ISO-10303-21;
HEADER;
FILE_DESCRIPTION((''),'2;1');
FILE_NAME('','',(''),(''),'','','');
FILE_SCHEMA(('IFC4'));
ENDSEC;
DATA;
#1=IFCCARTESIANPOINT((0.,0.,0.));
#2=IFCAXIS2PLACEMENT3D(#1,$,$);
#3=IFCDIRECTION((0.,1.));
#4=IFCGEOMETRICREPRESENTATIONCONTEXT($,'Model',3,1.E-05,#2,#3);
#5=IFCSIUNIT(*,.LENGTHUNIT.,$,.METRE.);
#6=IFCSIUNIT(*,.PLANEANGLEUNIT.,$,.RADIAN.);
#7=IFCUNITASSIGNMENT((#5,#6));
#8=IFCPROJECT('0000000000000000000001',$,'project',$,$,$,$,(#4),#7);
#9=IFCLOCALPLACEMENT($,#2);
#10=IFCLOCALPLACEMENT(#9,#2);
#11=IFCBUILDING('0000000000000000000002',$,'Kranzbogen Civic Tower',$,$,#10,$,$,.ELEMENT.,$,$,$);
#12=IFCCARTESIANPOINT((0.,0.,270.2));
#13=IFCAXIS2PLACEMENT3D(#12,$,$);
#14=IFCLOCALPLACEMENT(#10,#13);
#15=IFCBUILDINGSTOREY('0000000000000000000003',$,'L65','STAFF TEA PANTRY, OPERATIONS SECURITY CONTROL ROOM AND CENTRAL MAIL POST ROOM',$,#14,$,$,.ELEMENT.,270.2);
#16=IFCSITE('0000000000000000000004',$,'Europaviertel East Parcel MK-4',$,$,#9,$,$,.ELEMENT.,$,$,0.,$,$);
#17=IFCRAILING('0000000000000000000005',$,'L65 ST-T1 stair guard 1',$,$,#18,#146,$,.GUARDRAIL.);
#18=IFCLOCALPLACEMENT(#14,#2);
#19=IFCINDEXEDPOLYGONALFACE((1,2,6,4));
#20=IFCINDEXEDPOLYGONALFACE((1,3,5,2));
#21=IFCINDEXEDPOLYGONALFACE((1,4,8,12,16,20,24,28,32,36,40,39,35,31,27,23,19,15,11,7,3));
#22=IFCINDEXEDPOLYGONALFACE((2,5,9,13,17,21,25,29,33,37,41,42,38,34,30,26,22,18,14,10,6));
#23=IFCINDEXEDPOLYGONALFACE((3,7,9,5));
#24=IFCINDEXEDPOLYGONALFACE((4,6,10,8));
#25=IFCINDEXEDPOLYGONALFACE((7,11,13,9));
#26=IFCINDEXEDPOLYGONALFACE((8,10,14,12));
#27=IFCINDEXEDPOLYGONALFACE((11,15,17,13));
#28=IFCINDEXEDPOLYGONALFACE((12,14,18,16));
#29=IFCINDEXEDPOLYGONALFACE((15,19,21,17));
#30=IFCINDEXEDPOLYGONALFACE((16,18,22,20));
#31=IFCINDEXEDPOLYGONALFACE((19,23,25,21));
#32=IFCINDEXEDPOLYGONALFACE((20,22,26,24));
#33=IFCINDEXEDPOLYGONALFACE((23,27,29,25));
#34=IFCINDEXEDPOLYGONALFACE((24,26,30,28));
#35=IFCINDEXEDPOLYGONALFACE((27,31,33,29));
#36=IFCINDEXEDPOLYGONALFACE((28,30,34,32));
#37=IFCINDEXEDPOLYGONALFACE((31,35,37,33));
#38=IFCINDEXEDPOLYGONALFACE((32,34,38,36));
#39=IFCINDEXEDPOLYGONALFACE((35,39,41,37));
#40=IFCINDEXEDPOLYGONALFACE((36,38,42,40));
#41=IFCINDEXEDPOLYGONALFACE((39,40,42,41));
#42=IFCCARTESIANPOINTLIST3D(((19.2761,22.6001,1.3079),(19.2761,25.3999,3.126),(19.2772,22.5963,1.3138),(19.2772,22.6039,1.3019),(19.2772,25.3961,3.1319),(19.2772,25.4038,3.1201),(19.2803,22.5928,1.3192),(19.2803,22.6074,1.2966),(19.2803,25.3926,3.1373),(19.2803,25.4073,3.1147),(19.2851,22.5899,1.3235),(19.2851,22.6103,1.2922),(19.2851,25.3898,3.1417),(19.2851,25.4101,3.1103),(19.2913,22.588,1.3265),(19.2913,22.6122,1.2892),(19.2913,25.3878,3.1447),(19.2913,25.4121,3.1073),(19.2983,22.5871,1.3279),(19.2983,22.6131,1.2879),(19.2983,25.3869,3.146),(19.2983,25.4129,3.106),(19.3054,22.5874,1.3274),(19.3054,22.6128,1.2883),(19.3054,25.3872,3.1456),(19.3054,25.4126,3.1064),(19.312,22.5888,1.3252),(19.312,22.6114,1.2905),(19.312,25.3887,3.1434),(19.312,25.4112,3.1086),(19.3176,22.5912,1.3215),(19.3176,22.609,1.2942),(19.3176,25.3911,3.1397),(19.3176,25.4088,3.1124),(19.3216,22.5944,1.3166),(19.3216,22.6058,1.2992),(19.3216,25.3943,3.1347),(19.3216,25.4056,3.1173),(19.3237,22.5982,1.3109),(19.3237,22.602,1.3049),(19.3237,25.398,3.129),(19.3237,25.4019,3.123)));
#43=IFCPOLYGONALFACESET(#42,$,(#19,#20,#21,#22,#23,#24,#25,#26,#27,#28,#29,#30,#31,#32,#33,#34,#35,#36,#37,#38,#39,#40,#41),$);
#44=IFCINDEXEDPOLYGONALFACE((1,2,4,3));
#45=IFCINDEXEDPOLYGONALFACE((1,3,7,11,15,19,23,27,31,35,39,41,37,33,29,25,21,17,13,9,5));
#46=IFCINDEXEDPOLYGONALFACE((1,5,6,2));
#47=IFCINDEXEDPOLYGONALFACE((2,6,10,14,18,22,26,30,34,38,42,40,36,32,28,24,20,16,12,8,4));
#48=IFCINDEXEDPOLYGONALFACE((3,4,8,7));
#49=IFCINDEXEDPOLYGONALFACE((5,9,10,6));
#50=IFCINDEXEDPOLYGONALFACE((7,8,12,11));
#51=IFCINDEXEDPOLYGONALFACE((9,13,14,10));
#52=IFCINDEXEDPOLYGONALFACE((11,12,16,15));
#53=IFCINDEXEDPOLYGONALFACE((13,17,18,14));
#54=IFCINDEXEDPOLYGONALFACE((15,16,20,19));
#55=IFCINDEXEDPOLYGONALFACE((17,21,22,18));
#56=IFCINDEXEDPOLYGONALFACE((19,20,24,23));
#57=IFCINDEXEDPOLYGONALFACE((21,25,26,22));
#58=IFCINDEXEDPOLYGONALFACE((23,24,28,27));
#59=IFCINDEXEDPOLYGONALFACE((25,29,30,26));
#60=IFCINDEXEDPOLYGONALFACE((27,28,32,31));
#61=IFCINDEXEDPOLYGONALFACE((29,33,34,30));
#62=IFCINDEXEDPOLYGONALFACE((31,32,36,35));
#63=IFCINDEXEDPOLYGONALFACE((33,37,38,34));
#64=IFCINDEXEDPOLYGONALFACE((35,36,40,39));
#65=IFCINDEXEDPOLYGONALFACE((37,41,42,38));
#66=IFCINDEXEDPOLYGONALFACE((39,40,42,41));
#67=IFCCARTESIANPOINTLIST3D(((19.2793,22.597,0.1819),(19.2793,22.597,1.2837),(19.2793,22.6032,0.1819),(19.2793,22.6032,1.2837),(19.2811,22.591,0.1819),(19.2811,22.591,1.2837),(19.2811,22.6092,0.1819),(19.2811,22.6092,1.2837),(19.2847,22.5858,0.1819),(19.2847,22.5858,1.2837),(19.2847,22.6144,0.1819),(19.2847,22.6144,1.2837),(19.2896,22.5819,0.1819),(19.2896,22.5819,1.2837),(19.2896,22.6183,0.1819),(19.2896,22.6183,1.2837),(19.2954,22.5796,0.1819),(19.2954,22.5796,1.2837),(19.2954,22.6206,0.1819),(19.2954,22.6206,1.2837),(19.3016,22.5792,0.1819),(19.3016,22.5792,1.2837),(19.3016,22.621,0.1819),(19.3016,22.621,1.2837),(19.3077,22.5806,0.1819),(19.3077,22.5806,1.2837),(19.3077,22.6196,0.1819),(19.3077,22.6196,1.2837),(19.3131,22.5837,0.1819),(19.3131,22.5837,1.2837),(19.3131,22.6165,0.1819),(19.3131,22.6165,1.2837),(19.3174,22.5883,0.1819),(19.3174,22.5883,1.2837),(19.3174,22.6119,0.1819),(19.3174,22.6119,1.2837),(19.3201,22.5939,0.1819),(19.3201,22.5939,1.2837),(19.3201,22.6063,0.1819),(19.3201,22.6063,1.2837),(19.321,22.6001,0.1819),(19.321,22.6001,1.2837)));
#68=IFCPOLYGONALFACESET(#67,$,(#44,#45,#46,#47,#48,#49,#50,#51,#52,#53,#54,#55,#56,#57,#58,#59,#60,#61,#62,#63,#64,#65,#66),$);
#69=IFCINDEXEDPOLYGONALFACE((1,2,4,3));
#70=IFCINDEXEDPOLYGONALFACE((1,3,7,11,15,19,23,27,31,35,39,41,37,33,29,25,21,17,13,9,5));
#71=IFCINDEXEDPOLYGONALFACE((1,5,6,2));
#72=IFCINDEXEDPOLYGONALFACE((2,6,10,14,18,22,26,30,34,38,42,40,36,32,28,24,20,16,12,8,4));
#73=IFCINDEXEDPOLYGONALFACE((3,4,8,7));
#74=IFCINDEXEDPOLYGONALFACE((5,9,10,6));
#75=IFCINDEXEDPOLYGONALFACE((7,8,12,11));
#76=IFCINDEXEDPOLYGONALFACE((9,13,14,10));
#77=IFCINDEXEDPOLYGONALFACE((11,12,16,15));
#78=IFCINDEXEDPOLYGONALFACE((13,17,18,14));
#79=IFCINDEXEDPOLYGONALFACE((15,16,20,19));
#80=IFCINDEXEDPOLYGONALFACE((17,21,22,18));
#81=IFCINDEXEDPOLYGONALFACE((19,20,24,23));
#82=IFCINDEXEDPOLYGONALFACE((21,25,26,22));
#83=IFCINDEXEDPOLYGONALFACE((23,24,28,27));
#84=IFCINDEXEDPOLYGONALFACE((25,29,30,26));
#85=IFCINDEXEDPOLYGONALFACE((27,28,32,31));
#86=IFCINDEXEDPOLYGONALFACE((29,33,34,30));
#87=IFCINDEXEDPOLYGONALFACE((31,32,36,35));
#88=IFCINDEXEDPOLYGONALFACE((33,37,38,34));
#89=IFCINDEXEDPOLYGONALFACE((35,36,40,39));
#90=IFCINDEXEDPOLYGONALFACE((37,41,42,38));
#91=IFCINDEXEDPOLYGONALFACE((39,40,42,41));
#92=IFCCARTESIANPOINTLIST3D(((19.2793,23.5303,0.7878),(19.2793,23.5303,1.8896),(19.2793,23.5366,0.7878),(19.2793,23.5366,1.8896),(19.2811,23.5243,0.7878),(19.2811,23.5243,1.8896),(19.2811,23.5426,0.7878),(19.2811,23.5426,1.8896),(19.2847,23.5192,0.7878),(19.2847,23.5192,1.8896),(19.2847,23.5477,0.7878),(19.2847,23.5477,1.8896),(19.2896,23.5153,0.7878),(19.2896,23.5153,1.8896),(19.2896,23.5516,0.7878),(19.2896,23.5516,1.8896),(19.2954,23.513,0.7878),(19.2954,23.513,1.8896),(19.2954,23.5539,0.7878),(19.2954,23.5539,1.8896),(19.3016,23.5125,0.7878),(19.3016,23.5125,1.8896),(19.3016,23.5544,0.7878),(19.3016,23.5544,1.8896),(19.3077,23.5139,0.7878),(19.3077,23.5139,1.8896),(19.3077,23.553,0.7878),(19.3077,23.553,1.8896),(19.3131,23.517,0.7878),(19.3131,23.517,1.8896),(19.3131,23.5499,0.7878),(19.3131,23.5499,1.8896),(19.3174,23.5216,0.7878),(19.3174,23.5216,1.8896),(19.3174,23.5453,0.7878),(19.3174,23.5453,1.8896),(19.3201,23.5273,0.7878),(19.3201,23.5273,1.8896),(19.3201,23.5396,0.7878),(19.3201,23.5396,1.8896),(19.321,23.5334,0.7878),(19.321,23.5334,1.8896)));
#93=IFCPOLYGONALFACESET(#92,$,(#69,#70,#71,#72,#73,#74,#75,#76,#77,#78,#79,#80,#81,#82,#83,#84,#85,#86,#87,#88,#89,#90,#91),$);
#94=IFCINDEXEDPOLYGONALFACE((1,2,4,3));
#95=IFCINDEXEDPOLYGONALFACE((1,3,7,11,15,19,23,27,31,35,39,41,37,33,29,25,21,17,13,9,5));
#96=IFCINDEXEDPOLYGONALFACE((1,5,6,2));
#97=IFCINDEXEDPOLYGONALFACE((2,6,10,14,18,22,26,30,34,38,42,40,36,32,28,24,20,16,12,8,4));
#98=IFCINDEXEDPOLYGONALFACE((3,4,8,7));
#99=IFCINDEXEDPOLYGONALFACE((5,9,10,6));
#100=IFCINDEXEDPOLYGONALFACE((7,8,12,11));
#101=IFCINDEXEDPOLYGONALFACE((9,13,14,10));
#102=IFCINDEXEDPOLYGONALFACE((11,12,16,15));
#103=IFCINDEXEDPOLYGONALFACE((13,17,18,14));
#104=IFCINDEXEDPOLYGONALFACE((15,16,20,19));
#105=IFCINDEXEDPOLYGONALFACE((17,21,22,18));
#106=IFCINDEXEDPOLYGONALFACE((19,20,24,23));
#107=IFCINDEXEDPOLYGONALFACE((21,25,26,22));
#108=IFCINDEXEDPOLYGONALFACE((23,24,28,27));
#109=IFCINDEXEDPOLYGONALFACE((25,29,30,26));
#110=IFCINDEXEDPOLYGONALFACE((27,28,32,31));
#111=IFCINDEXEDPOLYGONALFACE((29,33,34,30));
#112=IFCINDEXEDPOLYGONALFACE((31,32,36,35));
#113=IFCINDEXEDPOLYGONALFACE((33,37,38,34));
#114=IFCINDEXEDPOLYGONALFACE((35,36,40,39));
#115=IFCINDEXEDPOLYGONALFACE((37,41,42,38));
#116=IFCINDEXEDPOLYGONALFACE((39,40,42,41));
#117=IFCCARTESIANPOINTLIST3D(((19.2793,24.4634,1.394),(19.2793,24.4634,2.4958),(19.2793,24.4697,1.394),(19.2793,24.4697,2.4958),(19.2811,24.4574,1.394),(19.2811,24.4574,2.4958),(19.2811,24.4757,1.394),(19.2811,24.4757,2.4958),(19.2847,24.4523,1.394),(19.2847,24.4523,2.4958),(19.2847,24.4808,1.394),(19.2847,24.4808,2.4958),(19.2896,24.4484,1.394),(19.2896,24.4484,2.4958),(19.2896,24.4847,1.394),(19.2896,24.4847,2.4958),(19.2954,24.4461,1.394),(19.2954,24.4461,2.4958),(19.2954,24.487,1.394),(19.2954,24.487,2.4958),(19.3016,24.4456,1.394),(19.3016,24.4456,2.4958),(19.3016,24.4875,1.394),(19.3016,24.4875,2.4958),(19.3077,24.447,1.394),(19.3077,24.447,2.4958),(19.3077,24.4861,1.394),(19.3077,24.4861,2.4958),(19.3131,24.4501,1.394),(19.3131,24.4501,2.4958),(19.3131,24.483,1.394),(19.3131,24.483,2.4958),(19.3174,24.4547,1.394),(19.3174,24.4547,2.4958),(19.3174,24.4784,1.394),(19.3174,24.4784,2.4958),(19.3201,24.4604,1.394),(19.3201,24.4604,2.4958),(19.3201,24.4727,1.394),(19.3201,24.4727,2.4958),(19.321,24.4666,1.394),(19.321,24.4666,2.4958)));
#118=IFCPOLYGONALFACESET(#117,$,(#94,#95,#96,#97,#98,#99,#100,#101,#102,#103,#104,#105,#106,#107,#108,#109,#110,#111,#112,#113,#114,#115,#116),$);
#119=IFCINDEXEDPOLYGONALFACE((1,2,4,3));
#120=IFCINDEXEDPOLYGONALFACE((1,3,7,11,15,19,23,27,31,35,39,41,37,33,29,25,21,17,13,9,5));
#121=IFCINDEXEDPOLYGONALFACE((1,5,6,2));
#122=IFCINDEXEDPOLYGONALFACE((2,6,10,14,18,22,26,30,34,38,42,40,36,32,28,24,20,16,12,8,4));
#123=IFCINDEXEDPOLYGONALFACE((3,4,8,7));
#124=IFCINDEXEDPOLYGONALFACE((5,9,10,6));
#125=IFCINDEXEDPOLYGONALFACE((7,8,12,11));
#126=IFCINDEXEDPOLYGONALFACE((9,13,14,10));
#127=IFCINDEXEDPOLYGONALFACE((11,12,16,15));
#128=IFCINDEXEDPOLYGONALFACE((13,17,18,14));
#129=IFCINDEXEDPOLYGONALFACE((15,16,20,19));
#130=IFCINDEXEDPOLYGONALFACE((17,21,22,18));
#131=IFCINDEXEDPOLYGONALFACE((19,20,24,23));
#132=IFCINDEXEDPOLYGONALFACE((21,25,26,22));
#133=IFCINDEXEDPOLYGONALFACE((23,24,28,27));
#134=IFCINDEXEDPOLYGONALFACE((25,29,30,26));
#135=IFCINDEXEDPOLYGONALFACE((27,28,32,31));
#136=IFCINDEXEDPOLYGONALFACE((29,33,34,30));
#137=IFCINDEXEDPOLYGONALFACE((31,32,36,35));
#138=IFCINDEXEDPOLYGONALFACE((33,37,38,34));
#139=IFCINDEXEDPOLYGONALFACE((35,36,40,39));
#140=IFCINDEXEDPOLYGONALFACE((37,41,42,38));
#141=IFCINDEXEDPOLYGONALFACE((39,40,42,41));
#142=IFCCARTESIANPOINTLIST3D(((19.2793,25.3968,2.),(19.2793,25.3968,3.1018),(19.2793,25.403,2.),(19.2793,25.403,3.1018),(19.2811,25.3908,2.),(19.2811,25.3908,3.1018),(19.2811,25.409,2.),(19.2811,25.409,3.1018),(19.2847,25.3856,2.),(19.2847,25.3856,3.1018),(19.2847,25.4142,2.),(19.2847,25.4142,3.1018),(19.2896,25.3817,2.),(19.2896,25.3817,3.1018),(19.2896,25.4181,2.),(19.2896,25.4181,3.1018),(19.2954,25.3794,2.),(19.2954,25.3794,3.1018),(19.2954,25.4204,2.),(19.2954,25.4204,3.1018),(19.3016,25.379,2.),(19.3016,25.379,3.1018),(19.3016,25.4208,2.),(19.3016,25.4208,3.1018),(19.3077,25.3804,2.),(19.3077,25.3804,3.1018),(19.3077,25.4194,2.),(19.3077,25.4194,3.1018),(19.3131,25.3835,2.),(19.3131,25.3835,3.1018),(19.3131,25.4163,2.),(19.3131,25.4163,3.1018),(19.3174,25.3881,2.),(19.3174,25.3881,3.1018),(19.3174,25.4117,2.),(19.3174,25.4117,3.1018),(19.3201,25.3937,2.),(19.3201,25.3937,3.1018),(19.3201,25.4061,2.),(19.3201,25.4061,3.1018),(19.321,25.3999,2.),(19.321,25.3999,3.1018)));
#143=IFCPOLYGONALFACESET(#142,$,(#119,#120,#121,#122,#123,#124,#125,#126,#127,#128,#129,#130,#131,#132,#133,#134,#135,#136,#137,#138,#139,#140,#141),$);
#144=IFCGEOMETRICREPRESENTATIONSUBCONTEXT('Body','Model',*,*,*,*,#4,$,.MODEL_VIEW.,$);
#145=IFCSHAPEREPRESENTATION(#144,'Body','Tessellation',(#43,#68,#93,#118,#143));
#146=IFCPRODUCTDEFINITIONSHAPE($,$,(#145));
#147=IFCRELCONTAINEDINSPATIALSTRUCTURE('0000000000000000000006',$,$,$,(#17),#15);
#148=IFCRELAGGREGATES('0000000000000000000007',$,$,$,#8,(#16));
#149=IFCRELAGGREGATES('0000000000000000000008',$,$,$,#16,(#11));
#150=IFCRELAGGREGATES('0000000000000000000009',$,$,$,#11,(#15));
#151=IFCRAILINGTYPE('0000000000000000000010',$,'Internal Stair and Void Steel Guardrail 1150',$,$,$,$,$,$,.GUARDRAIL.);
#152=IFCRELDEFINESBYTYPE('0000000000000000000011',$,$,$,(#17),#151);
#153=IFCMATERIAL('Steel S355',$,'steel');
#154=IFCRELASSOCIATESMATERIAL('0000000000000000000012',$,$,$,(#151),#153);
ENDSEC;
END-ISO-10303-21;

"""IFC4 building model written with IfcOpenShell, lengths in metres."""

from ifc_helpers import new_model, si_unit, direction, frame, origin, origin_2d, place, context, subcontext, project, spatial, circle, extrude, material, type_object, element, save


model = new_model("IFC4")

# Units and contexts
model_context = context("Model", 3, precision=1e-05, world=origin(), true_north=direction((0.0, 1.0)))
body_context = subcontext(model_context, "Body", "Model", "MODEL_VIEW")
ifc_project = project(units=[si_unit("LENGTHUNIT", "METRE"), si_unit("PLANEANGLEUNIT", "RADIAN")], contexts=[model_context])

# Site, building, storey
site_placement = place(None, origin())
site = spatial("IfcSite", under=ifc_project, at=site_placement, Name="Europaviertel East Parcel MK-4", CompositionType="ELEMENT", RefElevation=0.0)
building_placement = place(site_placement, origin())
building = spatial("IfcBuilding", under=site, at=building_placement, Name="Kranzbogen Civic Tower", CompositionType="ELEMENT")
storey_placement = place(building_placement, frame((0.0, 0.0, 270.2)))
storey = spatial("IfcBuildingStorey", under=building, at=storey_placement, Name="L65", Description="STAFF TEA PANTRY, OPERATIONS SECURITY CONTROL ROOM AND CENTRAL MAIL POST ROOM", CompositionType="ELEMENT", Elevation=270.2)

# Shared definitions
ifc_material_1 = material(Name="Steel S355", Category="steel")

# Railing
railing_type = type_object("IfcRailingType", Name="Internal Stair and Void Steel Guardrail 1150", PredefinedType="GUARDRAIL", material=ifc_material_1)
railing_1_placement = place(storey_placement, frame((19.3, 22.6001, 0.1819)))
element("IfcRailing", 1, at=railing_1_placement, inside=storey, type_object=railing_type, Name="L65 ST-T1 stair guard 1", PredefinedType="GUARDRAIL", context=body_context, shape_type="SweptSolid", body=[
    extrude(circle(Radius=0.0239, at=origin_2d()), frame((0.0, 0.0, 1.126), z_axis=(0.0, 0.838684, 0.544618), x_axis=(-1.0, 0.0, 0.0)), (0.0, 0.0, 1.0), 3.3384),
    extrude(circle(Radius=0.021, at=origin_2d()), origin(), (0.0, 0.0, 1.0), 1.1018),
    extrude(circle(Radius=0.021, at=origin_2d()), frame((0.0, 0.9333, 0.606)), (0.0, 0.0, 1.0), 1.1018),
    extrude(circle(Radius=0.021, at=origin_2d()), frame((0.0, 1.8665, 1.2122)), (0.0, 0.0, 1.0), 1.1018),
    extrude(circle(Radius=0.021, at=origin_2d()), frame((0.0, 2.7998, 1.8181)), (0.0, 0.0, 1.0), 1.1018),
])

save(model, "model.ifc")
